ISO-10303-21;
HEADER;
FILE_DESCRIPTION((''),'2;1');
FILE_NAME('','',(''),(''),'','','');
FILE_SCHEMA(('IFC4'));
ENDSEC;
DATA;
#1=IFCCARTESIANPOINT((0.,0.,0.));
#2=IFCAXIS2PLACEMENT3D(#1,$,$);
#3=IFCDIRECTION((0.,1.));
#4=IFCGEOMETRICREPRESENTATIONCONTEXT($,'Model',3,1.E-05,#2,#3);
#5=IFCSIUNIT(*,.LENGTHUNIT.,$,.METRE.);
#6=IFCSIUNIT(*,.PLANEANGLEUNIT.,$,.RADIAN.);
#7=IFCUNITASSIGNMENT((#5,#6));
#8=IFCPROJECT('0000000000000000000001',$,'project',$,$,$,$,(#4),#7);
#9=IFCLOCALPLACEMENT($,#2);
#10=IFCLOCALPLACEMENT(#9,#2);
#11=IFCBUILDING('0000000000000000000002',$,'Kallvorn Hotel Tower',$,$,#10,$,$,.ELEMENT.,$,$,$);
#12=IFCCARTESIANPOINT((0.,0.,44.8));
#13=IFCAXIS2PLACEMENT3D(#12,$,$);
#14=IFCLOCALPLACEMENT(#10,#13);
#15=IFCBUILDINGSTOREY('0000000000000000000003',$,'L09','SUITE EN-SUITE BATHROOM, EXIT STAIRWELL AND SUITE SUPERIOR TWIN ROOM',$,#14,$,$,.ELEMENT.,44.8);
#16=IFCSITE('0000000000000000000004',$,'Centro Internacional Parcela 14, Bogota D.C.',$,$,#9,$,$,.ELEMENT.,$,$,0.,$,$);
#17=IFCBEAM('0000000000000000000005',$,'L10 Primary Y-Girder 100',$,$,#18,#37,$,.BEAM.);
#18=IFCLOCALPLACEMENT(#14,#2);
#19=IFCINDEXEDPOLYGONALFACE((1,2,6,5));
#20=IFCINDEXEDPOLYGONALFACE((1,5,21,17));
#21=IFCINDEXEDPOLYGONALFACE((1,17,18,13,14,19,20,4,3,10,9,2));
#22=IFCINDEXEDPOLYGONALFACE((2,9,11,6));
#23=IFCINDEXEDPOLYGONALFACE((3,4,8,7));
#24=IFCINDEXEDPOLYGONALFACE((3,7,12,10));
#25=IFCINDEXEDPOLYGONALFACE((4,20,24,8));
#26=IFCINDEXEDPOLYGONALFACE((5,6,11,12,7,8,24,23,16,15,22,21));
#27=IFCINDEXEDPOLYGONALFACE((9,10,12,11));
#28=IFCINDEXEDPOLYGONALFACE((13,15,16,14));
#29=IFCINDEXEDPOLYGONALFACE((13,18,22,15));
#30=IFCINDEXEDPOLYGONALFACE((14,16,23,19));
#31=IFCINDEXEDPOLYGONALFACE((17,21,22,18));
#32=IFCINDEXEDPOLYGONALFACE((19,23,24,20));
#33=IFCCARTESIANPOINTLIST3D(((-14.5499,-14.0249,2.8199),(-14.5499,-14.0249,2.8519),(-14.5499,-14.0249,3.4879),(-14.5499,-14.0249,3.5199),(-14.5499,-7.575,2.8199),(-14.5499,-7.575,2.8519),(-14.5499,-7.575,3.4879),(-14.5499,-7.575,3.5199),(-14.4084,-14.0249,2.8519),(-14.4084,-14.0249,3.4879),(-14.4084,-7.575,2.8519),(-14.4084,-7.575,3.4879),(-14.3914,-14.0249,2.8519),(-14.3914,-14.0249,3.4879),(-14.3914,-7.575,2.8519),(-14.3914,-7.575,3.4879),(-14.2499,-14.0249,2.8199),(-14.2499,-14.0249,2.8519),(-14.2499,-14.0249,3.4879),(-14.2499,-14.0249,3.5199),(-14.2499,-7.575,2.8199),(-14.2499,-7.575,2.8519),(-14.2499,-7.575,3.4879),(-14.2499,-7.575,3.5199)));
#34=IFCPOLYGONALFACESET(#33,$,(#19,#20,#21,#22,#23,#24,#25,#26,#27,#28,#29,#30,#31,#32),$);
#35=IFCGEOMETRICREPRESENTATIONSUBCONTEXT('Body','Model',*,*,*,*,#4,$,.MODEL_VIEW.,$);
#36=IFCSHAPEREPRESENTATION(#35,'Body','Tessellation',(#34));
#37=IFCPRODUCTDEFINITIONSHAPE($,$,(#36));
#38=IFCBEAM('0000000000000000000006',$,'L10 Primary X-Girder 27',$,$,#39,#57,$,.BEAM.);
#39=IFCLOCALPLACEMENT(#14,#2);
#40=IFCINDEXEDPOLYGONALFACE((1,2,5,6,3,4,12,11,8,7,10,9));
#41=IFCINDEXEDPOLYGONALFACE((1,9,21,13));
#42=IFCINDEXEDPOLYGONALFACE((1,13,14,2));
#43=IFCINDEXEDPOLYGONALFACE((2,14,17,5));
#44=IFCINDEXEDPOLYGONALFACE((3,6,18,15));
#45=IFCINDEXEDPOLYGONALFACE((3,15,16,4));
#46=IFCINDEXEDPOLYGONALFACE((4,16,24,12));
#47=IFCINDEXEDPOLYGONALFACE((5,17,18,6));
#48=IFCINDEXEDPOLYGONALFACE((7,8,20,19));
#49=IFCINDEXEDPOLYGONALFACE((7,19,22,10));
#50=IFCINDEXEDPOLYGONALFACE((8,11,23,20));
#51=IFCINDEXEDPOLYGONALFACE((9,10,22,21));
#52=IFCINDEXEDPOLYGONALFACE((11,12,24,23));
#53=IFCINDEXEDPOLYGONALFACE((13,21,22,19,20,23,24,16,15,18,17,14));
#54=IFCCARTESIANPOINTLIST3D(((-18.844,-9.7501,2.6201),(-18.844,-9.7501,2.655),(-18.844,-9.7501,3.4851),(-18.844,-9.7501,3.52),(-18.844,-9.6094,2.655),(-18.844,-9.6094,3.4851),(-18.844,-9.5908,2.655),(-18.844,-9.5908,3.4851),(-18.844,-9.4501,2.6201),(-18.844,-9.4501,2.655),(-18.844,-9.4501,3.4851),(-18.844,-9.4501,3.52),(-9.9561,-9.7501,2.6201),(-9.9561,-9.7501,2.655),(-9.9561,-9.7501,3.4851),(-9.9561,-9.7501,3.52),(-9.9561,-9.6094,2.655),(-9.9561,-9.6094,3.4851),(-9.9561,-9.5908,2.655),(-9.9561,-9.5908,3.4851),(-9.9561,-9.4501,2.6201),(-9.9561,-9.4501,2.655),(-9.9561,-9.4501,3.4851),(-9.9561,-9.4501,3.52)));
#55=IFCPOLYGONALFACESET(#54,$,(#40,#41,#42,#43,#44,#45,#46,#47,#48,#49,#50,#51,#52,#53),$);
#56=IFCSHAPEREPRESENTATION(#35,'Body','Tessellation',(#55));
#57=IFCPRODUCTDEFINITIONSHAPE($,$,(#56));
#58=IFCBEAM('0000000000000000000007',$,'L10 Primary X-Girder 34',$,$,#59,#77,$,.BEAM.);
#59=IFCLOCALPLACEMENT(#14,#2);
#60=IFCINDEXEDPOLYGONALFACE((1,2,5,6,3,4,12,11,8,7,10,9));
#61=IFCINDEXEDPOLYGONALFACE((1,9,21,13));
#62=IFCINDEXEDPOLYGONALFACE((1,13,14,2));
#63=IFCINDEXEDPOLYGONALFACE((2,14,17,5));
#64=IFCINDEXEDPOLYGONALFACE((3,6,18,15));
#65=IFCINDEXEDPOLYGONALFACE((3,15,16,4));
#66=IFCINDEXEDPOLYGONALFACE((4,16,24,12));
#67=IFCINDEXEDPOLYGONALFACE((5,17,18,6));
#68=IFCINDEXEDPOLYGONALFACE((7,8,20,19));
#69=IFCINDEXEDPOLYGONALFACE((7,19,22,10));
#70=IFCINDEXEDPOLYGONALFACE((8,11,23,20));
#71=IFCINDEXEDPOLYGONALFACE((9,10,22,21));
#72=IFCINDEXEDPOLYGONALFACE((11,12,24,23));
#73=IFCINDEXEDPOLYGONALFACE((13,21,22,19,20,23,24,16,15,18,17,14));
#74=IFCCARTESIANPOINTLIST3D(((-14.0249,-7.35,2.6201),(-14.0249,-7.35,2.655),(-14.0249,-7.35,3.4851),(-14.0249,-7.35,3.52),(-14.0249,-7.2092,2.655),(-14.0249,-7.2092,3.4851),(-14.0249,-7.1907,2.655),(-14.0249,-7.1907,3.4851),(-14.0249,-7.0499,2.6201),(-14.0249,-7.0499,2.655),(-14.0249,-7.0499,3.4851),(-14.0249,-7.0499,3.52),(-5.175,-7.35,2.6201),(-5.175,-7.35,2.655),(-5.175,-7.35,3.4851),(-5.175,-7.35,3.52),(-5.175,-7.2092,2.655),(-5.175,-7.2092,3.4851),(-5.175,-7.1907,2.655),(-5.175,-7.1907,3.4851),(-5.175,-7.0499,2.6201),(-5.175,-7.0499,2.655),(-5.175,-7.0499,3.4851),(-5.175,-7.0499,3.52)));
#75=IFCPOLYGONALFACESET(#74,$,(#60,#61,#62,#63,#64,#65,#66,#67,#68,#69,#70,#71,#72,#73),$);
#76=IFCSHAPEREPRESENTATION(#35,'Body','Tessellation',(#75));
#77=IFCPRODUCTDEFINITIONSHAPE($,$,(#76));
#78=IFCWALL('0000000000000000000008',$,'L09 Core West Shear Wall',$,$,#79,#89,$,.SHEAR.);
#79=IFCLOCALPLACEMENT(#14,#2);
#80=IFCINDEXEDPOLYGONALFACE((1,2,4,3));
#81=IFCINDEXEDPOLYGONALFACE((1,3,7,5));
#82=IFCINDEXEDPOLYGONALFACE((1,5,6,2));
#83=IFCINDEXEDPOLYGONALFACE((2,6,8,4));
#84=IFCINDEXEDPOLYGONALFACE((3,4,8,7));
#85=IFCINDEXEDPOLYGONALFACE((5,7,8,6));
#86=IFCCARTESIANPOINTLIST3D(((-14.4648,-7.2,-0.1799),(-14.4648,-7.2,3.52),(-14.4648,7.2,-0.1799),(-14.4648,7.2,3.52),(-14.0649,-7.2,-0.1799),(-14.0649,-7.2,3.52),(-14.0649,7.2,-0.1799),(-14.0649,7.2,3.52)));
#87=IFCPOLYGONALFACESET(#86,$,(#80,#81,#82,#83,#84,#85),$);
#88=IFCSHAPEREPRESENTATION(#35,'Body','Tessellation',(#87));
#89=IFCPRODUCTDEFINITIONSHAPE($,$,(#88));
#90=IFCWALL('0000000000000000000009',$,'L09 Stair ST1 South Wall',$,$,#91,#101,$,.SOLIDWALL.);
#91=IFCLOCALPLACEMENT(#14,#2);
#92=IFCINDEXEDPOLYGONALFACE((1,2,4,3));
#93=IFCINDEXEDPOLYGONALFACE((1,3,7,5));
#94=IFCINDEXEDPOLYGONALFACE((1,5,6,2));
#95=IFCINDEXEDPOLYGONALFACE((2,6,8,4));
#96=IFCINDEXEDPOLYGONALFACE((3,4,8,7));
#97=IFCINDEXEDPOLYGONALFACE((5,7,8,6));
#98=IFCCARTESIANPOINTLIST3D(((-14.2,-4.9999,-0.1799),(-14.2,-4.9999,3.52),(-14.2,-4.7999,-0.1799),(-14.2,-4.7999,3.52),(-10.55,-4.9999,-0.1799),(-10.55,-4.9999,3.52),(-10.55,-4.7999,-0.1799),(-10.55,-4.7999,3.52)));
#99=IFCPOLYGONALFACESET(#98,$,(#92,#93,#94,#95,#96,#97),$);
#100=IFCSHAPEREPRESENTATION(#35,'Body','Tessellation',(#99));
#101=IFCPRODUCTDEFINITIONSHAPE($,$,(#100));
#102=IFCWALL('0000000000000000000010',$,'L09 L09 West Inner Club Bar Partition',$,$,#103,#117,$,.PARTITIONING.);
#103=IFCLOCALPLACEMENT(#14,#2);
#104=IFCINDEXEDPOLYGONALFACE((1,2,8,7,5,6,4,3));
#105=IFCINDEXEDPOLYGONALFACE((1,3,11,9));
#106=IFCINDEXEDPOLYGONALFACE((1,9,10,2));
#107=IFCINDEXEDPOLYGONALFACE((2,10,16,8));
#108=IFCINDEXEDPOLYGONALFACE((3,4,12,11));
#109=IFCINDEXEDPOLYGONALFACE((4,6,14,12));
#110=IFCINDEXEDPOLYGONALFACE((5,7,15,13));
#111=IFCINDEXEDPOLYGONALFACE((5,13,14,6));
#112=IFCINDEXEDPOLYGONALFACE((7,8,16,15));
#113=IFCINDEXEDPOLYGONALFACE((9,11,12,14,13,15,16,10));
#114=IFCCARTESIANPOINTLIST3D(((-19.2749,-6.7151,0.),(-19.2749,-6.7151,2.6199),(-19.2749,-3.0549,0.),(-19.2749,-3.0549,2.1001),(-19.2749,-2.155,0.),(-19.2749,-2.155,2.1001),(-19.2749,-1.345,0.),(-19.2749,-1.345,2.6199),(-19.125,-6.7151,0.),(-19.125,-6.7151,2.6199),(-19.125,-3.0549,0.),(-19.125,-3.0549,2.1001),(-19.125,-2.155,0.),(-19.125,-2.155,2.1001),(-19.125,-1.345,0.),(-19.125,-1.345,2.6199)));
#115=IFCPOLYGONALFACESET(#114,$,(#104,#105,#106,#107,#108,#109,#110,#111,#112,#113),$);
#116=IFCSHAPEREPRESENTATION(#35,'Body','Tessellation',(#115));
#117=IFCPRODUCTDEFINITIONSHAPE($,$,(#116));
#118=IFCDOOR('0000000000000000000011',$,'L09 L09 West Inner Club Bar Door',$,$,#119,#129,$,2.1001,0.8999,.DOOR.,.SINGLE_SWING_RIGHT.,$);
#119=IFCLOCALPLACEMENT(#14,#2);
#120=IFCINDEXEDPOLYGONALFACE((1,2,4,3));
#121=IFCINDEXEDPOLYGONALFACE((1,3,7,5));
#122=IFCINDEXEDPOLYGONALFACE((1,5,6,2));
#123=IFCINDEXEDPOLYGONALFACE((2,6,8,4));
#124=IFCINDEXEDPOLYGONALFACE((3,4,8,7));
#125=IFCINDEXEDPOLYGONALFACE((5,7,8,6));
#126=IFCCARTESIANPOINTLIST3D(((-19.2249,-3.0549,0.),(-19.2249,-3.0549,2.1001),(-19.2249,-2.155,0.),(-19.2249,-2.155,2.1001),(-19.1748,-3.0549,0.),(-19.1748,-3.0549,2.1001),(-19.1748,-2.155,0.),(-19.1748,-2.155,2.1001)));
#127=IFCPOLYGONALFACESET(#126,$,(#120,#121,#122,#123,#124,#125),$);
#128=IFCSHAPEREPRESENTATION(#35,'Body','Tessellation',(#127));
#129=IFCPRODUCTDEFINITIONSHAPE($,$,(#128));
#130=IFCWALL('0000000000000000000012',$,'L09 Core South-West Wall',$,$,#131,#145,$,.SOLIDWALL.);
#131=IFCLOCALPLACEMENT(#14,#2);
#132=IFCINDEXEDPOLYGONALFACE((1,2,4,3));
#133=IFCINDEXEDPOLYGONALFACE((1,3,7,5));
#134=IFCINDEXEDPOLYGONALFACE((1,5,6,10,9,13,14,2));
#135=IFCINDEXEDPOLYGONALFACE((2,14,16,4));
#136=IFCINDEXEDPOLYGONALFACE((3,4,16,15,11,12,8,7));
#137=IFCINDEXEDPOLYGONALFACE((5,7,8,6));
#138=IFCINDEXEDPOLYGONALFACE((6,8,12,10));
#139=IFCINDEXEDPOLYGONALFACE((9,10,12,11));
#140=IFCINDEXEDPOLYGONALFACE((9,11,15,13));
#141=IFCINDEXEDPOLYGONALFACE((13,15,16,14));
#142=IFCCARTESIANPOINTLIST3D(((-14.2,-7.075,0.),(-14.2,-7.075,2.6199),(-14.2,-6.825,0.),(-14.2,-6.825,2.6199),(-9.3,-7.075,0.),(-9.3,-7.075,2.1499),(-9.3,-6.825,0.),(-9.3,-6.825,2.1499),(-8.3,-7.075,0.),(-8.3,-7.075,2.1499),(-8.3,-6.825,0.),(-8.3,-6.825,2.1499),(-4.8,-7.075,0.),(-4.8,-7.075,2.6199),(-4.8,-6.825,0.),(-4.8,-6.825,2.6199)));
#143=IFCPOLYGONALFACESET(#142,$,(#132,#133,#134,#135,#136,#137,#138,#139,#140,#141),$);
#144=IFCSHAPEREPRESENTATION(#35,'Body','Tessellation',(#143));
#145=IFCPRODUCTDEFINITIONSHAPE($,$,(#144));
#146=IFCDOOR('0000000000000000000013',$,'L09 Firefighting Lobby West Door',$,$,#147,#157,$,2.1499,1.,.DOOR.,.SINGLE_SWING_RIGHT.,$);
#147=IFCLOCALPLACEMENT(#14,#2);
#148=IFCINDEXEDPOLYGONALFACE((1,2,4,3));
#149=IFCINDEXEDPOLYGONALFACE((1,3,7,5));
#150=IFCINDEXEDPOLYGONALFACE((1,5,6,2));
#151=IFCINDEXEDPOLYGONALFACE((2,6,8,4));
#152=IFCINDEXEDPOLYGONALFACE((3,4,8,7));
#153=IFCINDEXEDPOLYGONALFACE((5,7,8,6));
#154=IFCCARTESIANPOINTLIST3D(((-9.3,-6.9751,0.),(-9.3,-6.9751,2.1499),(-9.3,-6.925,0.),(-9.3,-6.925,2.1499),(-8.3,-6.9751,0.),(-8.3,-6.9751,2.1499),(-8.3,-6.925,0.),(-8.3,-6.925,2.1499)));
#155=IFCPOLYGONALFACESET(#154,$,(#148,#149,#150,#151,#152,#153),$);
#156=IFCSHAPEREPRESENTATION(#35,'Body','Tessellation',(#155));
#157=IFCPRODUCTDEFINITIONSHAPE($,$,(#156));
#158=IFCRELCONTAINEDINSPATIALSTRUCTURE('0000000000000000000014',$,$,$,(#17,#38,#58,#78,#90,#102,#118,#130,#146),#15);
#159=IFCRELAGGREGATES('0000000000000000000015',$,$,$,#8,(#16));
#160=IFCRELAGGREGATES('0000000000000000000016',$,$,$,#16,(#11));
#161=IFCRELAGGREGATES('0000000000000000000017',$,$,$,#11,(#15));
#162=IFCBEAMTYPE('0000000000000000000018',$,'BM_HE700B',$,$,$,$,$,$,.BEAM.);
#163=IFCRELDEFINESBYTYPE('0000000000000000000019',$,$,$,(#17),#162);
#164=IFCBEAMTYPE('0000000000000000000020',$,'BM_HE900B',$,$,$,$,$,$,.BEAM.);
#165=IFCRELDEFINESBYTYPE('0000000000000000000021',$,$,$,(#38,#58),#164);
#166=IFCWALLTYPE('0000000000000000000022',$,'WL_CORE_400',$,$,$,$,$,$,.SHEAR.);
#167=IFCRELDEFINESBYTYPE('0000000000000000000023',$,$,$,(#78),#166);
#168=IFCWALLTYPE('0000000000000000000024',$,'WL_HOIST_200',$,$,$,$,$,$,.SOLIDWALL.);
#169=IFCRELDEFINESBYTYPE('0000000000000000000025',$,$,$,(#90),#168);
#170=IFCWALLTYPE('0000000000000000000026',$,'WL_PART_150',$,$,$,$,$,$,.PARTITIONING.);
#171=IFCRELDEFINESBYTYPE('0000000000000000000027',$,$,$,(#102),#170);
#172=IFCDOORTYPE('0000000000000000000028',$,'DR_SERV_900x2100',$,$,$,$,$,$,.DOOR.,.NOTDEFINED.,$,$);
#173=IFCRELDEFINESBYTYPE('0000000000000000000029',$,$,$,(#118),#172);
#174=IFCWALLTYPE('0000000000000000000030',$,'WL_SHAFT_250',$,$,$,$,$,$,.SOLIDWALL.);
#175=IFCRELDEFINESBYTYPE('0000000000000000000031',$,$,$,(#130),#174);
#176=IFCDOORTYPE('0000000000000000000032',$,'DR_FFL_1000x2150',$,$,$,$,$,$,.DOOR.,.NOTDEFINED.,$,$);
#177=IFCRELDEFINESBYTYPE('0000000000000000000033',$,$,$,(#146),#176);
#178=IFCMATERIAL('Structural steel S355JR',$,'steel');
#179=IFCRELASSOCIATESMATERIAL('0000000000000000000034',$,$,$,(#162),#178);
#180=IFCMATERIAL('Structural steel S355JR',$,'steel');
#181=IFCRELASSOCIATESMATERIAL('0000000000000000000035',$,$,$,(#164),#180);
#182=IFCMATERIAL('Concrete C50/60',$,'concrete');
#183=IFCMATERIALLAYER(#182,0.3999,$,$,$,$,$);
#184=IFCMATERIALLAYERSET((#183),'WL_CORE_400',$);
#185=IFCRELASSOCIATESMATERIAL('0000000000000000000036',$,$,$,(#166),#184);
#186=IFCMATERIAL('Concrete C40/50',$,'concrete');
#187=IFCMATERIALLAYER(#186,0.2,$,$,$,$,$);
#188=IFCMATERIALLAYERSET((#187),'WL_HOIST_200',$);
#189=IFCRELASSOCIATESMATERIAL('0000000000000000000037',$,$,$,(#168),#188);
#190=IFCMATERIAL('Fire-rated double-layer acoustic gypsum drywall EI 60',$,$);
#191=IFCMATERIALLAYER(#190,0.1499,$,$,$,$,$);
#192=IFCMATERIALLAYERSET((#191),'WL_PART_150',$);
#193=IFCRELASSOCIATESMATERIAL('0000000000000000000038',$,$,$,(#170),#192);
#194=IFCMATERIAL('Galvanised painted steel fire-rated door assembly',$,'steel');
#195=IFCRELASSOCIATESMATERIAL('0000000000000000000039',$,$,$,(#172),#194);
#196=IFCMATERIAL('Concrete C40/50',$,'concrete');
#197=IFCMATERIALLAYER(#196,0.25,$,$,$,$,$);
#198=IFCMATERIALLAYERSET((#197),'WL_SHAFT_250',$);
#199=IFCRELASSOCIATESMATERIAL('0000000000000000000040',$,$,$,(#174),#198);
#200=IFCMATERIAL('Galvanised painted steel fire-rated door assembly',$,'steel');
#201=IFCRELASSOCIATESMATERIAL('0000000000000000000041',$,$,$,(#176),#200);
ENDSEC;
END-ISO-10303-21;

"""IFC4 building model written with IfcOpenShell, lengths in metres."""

from ifc_helpers import new_model, si_unit, direction, frame, frame_2d, origin, origin_2d, place, context, subcontext, project, spatial, rectangle, i_section, extrude, material, layer, layer_set, material_profile, profile_set, type_object, element, fill, save


model = new_model("IFC4")

# Units and contexts
model_context = context("Model", 3, precision=1e-05, world=origin(), true_north=direction((0.0, 1.0)))
body_context = subcontext(model_context, "Body", "Model", "MODEL_VIEW")
ifc_project = project(units=[si_unit("LENGTHUNIT", "METRE"), si_unit("PLANEANGLEUNIT", "RADIAN")], contexts=[model_context])

# Site, building, storey
site_placement = place(None, origin())
site = spatial("IfcSite", under=ifc_project, at=site_placement, Name="Centro Internacional Parcela 14, Bogota D.C.", CompositionType="ELEMENT", RefElevation=0.0)
building_placement = place(site_placement, origin())
building = spatial("IfcBuilding", under=site, at=building_placement, Name="Kallvorn Hotel Tower", CompositionType="ELEMENT")
storey_placement = place(building_placement, frame((0.0, 0.0, 44.8)))
storey = spatial("IfcBuildingStorey", under=building, at=storey_placement, Name="L09", Description="SUITE EN-SUITE BATHROOM, EXIT STAIRWELL AND SUITE SUPERIOR TWIN ROOM", CompositionType="ELEMENT", Elevation=44.8)

# Beams
ifc_material_1 = material(Name="Structural steel S355JR", Category="steel")
ifc_material_profile_1 = material_profile(ifc_material_1, i_section(OverallWidth=0.3, OverallDepth=0.7, WebThickness=0.0171, FlangeThickness=0.032, at=origin_2d()), Name="HE 700 B")
ifc_profile_set_1 = profile_set([ifc_material_profile_1], Name="Structural steel S355JR")
beam_type_1 = type_object("IfcBeamType", Name="BM_HE700B", PredefinedType="BEAM", material=ifc_profile_set_1)
beam_1_placement = place(storey_placement, frame((-14.3999, -14.0249, 3.1699), z_axis=(0.0, 1.0, 0.0), x_axis=(-1.0, 0.0, 0.0)))
element("IfcBeam", 1, at=beam_1_placement, inside=storey, type_object=beam_type_1, Name="L10 Primary Y-Girder 100", PredefinedType="BEAM", context=body_context, shape_type="SweptSolid", body=[
    extrude(i_section(OverallWidth=0.3, OverallDepth=0.7, WebThickness=0.0171, FlangeThickness=0.032, at=origin_2d()), origin(), (0.0, 0.0, 1.0), 6.45),
])
ifc_material_2 = material(Name="Structural steel S355JR", Category="steel")
ifc_material_profile_2 = material_profile(ifc_material_2, i_section(OverallWidth=0.3, OverallDepth=0.8999, WebThickness=0.0186, FlangeThickness=0.0349, at=origin_2d()), Name="HE 900 B")
ifc_profile_set_2 = profile_set([ifc_material_profile_2], Name="Structural steel S355JR")
beam_type_2 = type_object("IfcBeamType", Name="BM_HE900B", PredefinedType="BEAM", material=ifc_profile_set_2)
beam_2_placement = place(storey_placement, frame((-18.844, -9.6001, 3.0701), z_axis=(1.0, 0.0, 0.0), x_axis=(0.0, 1.0, 0.0)))
element("IfcBeam", 2, at=beam_2_placement, inside=storey, type_object=beam_type_2, Name="L10 Primary X-Girder 27", PredefinedType="BEAM", context=body_context, shape_type="SweptSolid", body=[
    extrude(i_section(OverallWidth=0.3, OverallDepth=0.8999, WebThickness=0.0186, FlangeThickness=0.0349, at=origin_2d()), origin(), (0.0, 0.0, 1.0), 8.8879),
])
beam_3_placement = place(storey_placement, frame((-14.0249, -7.2, 3.0701), z_axis=(1.0, 0.0, 0.0), x_axis=(0.0, 1.0, 0.0)))
element("IfcBeam", 3, at=beam_3_placement, inside=storey, type_object=beam_type_2, Name="L10 Primary X-Girder 34", PredefinedType="BEAM", context=body_context, shape_type="SweptSolid", body=[
    extrude(i_section(OverallWidth=0.3, OverallDepth=0.8999, WebThickness=0.0186, FlangeThickness=0.0349, at=origin_2d()), origin(), (0.0, 0.0, 1.0), 8.8499),
])

# Walls
ifc_material_3 = material(Name="Concrete C50/60", Category="concrete")
ifc_layer_1 = layer(ifc_material_3, 0.3999)
ifc_layer_set_1 = layer_set([ifc_layer_1], Name="WL_CORE_400")
wall_type_1 = type_object("IfcWallType", Name="WL_CORE_400", PredefinedType="SHEAR", material=ifc_layer_set_1)
wall_1_placement = place(storey_placement, frame((-14.2649, -7.2, -0.1799), z_axis=(0.0, 0.0, 1.0), x_axis=(0.0, 1.0, 0.0)))
element("IfcWall", 4, at=wall_1_placement, inside=storey, type_object=wall_type_1, Name="L09 Core West Shear Wall", PredefinedType="SHEAR", context=body_context, shape_type="SweptSolid", body=[
    extrude(rectangle(XDim=14.3999, YDim=0.3999, at=frame_2d((7.2, 0.0))), origin(), (0.0, 0.0, 1.0), 3.7),
])
ifc_material_4 = material(Name="Concrete C40/50", Category="concrete")
ifc_layer_2 = layer(ifc_material_4, 0.2)
ifc_layer_set_2 = layer_set([ifc_layer_2], Name="WL_HOIST_200")
wall_type_2 = type_object("IfcWallType", Name="WL_HOIST_200", PredefinedType="SOLIDWALL", material=ifc_layer_set_2)
wall_2_placement = place(storey_placement, frame((-14.2, -4.8999, -0.1799), z_axis=(0.0, 0.0, 1.0), x_axis=(1.0, 0.0, 0.0)))
element("IfcWall", 5, at=wall_2_placement, inside=storey, type_object=wall_type_2, Name="L09 Stair ST1 South Wall", PredefinedType="SOLIDWALL", context=body_context, shape_type="SweptSolid", body=[
    extrude(rectangle(XDim=3.6499, YDim=0.2, at=frame_2d((1.825, 0.0))), origin(), (0.0, 0.0, 1.0), 3.7),
])

# Walls, openings, doors
ifc_material_5 = material(Name="Fire-rated double-layer acoustic gypsum drywall EI 60")
ifc_layer_3 = layer(ifc_material_5, 0.1499)
ifc_layer_set_3 = layer_set([ifc_layer_3], Name="WL_PART_150")
wall_type_3 = type_object("IfcWallType", Name="WL_PART_150", PredefinedType="PARTITIONING", material=ifc_layer_set_3)
wall_3_placement = place(storey_placement, frame((-19.2, -6.7151, 0.0), z_axis=(0.0, 0.0, 1.0), x_axis=(0.0, 1.0, 0.0)))
wall_3 = element("IfcWall", 6, at=wall_3_placement, inside=storey, type_object=wall_type_3, Name="L09 L09 West Inner Club Bar Partition", PredefinedType="PARTITIONING", context=body_context, shape_type="SweptSolid", body=[
    extrude(rectangle(XDim=5.3701, YDim=0.1499, at=frame_2d((2.6851, 0.0))), origin(), (0.0, 0.0, 1.0), 2.6199),
])
opening_1_placement = place(wall_3_placement, frame((3.6602, 0.0, 0.0)))
opening_1 = element("IfcOpeningElement", 7, at=opening_1_placement, cuts=wall_3, PredefinedType="OPENING", context=body_context, shape_type="SweptSolid", body=[
    extrude(rectangle(XDim=0.8999, YDim=2.1001, at=frame_2d((0.45, 1.05))), frame((0.0, 0.0898, 0.0), z_axis=(0.0, -1.0, 0.0), x_axis=(1.0, 0.0, 0.0)), (0.0, 0.0, 1.0), 0.1799),
])
ifc_material_6 = material(Name="Galvanised painted steel fire-rated door assembly", Category="steel")
door_type_1 = type_object("IfcDoorType", Name="DR_SERV_900x2100", OperationType="NOTDEFINED", PredefinedType="DOOR", material=ifc_material_6)
door_1_placement = place(opening_1_placement, origin())
door_1 = element("IfcDoor", 8, at=door_1_placement, inside=storey, type_object=door_type_1, Name="L09 L09 West Inner Club Bar Door", OperationType="SINGLE_SWING_RIGHT", OverallHeight=2.1001, OverallWidth=0.8999, PredefinedType="DOOR", context=body_context, shape_type="SweptSolid", body=[
    extrude(rectangle(XDim=0.8999, YDim=2.1001, at=frame_2d((0.45, 1.05))), frame((0.0, 0.0249, 0.0), z_axis=(0.0, -1.0, 0.0), x_axis=(1.0, 0.0, 0.0)), (0.0, 0.0, 1.0), 0.05),
])
fill(opening_1, door_1)
ifc_material_7 = material(Name="Concrete C40/50", Category="concrete")
ifc_layer_4 = layer(ifc_material_7, 0.25)
ifc_layer_set_4 = layer_set([ifc_layer_4], Name="WL_SHAFT_250")
wall_type_4 = type_object("IfcWallType", Name="WL_SHAFT_250", PredefinedType="SOLIDWALL", material=ifc_layer_set_4)
wall_4_placement = place(storey_placement, frame((-14.2, -6.95, 0.0), z_axis=(0.0, 0.0, 1.0), x_axis=(1.0, 0.0, 0.0)))
wall_4 = element("IfcWall", 9, at=wall_4_placement, inside=storey, type_object=wall_type_4, Name="L09 Core South-West Wall", PredefinedType="SOLIDWALL", context=body_context, shape_type="SweptSolid", body=[
    extrude(rectangle(XDim=9.3999, YDim=0.25, at=frame_2d((4.7, 0.0))), origin(), (0.0, 0.0, 1.0), 2.6199),
])
opening_2_placement = place(wall_4_placement, frame((4.8999, 0.0, 0.0)))
opening_2 = element("IfcOpeningElement", 10, at=opening_2_placement, cuts=wall_4, PredefinedType="OPENING", context=body_context, shape_type="SweptSolid", body=[
    extrude(rectangle(XDim=1.0, YDim=2.1499, at=frame_2d((0.5, 1.075))), frame((0.0, 0.1399, 0.0), z_axis=(0.0, -1.0, 0.0), x_axis=(1.0, 0.0, 0.0)), (0.0, 0.0, 1.0), 0.28),
])
ifc_material_8 = material(Name="Galvanised painted steel fire-rated door assembly", Category="steel")
door_type_2 = type_object("IfcDoorType", Name="DR_FFL_1000x2150", OperationType="NOTDEFINED", PredefinedType="DOOR", material=ifc_material_8)
door_2_placement = place(opening_2_placement, origin())
door_2 = element("IfcDoor", 11, at=door_2_placement, inside=storey, type_object=door_type_2, Name="L09 Firefighting Lobby West Door", OperationType="SINGLE_SWING_RIGHT", OverallHeight=2.1499, OverallWidth=1.0, PredefinedType="DOOR", context=body_context, shape_type="SweptSolid", body=[
    extrude(rectangle(XDim=1.0, YDim=2.1499, at=frame_2d((0.5, 1.075))), frame((0.0, 0.0249, 0.0), z_axis=(0.0, -1.0, 0.0), x_axis=(1.0, 0.0, 0.0)), (0.0, 0.0, 1.0), 0.05),
])
fill(opening_2, door_2)

save(model, "model.ifc")
